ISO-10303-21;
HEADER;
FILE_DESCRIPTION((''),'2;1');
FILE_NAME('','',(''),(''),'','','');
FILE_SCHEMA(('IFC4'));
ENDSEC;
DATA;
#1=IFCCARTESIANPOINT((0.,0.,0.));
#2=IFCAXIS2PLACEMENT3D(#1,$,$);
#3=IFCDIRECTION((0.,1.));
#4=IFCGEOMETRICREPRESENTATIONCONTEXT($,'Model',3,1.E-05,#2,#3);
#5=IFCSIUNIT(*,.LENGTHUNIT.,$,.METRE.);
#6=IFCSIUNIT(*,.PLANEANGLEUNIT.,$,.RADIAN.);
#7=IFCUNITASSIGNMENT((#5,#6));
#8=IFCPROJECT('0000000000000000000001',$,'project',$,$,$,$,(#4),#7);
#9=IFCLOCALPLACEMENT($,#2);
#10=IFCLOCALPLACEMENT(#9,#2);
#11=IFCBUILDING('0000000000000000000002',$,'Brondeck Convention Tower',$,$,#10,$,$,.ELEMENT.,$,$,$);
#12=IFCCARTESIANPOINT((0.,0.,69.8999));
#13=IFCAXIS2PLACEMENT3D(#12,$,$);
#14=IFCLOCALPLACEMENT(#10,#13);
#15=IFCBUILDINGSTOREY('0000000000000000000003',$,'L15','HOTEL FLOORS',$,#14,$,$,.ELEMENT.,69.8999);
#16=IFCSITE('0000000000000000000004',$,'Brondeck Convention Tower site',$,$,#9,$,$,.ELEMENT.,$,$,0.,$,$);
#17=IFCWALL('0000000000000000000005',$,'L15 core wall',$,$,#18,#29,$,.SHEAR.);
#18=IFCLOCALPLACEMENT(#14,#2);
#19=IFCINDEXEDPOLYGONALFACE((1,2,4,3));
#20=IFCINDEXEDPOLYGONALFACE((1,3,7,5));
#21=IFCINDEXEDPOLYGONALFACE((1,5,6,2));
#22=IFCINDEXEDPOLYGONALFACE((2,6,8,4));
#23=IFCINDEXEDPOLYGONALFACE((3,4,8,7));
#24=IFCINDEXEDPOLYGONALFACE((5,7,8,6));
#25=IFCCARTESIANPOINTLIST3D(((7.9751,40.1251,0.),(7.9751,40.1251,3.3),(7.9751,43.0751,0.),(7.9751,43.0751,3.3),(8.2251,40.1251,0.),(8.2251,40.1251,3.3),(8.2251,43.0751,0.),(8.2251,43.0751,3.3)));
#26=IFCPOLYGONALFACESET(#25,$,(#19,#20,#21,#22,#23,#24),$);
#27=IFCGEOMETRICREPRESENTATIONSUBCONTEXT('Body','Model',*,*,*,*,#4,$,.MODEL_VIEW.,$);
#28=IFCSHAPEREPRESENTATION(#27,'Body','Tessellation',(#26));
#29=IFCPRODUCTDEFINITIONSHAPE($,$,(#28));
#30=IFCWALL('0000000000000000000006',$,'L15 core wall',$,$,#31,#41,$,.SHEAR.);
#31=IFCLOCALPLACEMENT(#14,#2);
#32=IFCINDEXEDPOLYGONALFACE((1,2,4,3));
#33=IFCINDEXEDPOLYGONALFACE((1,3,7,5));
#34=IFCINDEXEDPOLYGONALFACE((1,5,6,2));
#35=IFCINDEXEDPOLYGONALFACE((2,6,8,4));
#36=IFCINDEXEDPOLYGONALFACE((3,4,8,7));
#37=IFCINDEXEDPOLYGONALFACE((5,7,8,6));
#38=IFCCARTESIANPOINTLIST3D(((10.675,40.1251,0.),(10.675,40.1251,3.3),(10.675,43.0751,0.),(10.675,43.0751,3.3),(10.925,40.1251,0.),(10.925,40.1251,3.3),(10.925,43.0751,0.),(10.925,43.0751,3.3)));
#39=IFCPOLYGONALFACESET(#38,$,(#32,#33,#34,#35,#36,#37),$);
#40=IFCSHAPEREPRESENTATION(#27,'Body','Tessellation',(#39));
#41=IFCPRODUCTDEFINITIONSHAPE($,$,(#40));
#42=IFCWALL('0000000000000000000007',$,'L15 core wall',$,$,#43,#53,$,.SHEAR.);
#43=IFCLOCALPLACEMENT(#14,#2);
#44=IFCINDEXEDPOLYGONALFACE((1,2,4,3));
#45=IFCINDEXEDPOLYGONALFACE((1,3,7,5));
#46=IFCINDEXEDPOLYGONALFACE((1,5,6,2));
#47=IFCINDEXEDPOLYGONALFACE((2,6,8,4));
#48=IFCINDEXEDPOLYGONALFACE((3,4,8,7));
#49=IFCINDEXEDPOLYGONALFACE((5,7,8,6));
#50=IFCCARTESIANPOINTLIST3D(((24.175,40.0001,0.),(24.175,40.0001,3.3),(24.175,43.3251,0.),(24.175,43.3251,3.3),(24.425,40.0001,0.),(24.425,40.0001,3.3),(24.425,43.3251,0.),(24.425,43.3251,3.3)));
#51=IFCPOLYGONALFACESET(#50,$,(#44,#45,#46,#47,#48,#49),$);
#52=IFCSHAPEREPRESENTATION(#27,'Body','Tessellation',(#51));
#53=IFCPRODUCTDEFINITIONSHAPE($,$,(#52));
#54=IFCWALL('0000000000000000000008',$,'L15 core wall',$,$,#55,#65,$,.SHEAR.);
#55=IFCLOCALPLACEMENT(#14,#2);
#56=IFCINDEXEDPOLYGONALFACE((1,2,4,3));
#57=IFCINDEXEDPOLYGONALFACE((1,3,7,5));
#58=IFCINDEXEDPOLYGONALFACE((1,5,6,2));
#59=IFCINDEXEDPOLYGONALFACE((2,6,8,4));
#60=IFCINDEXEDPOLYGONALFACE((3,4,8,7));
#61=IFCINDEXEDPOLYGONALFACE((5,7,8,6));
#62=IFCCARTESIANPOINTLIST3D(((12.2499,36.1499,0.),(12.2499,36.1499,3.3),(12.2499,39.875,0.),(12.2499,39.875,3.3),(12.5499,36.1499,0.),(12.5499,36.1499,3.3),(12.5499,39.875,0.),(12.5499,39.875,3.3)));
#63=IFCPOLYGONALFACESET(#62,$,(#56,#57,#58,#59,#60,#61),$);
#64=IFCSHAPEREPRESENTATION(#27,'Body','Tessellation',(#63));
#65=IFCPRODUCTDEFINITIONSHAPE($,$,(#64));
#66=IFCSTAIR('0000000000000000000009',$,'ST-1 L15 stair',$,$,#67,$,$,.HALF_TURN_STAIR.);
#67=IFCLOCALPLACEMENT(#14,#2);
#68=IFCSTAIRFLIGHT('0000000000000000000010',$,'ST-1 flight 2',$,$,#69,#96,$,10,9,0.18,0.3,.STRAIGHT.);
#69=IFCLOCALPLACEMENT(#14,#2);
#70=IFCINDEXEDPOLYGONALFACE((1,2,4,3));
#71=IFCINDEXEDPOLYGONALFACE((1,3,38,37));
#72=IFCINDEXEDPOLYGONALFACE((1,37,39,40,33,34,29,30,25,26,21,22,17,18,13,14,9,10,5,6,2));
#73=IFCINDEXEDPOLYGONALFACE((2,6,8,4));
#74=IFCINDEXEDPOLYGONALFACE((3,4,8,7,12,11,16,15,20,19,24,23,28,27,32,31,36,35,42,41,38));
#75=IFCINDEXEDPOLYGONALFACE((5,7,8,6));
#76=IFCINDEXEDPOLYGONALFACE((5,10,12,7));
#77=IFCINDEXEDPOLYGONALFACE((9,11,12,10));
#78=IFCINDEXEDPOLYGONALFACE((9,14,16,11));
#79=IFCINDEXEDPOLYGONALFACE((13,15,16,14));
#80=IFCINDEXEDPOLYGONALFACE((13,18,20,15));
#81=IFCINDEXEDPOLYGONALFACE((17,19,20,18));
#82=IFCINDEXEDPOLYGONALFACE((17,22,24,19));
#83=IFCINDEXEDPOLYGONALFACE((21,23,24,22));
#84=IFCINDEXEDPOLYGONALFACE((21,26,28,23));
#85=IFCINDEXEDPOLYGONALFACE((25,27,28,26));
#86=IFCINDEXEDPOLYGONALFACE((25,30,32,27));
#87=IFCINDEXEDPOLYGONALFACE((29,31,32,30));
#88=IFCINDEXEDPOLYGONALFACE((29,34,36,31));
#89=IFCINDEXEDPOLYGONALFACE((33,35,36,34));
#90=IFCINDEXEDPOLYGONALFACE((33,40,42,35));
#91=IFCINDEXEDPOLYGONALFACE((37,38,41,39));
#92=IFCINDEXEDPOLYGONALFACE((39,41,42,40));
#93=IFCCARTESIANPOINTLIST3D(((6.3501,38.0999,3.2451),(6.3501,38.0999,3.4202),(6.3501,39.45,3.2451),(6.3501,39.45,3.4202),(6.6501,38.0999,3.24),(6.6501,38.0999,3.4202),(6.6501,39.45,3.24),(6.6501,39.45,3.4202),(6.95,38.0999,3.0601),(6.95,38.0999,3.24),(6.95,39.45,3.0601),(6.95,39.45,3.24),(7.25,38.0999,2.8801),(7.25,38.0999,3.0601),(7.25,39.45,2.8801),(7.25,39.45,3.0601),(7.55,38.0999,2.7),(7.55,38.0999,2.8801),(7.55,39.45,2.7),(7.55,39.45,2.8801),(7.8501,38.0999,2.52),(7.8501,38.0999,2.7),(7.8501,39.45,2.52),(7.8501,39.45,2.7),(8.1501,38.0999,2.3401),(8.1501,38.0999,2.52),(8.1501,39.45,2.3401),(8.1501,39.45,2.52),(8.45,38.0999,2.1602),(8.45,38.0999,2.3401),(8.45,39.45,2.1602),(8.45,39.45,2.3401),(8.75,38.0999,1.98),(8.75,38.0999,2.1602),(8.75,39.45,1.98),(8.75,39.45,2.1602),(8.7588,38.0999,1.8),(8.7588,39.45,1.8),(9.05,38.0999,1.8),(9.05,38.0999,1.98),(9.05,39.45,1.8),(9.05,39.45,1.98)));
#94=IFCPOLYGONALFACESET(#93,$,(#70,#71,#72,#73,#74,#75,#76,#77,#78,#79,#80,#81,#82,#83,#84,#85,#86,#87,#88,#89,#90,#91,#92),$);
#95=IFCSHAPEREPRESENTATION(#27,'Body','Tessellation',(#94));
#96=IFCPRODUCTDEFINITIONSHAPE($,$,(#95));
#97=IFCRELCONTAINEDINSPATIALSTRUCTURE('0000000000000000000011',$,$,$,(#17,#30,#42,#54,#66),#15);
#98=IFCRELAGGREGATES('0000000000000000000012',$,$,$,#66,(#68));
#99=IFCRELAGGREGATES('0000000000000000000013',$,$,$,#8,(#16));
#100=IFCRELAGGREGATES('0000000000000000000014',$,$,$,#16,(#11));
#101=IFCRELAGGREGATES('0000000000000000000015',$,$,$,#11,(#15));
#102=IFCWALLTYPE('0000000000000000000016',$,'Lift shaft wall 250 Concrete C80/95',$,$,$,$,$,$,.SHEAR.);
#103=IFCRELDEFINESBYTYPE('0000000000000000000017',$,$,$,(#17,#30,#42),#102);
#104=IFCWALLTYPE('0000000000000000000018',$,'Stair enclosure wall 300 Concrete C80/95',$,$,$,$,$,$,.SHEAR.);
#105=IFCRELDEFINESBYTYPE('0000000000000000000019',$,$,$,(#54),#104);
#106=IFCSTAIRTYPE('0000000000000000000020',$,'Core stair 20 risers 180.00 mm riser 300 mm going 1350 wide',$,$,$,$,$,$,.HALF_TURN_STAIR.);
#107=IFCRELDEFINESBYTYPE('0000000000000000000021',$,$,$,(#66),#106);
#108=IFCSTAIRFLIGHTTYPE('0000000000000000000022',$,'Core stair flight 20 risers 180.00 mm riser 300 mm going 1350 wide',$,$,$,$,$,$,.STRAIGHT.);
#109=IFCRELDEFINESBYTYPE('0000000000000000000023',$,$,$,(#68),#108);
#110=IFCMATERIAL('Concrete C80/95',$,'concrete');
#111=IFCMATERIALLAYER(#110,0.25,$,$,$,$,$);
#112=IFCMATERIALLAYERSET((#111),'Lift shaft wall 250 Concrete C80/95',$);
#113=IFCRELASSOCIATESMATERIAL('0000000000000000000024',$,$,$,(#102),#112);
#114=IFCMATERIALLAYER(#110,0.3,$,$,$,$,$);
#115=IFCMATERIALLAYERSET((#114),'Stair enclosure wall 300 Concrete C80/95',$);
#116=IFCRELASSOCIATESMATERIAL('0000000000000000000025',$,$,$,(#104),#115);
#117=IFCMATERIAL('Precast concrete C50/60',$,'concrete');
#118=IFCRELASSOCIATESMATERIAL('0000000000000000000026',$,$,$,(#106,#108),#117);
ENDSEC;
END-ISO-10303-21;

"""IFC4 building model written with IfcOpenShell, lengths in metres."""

from ifc_helpers import new_model, si_unit, direction, frame, frame_2d, origin, place, context, subcontext, project, spatial, polyline, rectangle, outline, extrude, material, layer, layer_set, type_object, element, aggregate, save


model = new_model("IFC4")

# Units and contexts
model_context = context("Model", 3, precision=1e-05, world=origin(), true_north=direction((0.0, 1.0)))
body_context = subcontext(model_context, "Body", "Model", "MODEL_VIEW")
ifc_project = project(units=[si_unit("LENGTHUNIT", "METRE"), si_unit("PLANEANGLEUNIT", "RADIAN")], contexts=[model_context])

# Site, building, storey
site_placement = place(None, origin())
site = spatial("IfcSite", under=ifc_project, at=site_placement, Name="Brondeck Convention Tower site", CompositionType="ELEMENT", RefElevation=0.0)
building_placement = place(site_placement, origin())
building = spatial("IfcBuilding", under=site, at=building_placement, Name="Brondeck Convention Tower", CompositionType="ELEMENT")
storey_placement = place(building_placement, frame((0.0, 0.0, 69.8999)))
storey = spatial("IfcBuildingStorey", under=building, at=storey_placement, Name="L15", Description="HOTEL FLOORS", CompositionType="ELEMENT", Elevation=69.8999)

# Shared definitions
ifc_material_1 = material(Name="Concrete C80/95", Category="concrete")

# Walls
ifc_layer_1 = layer(ifc_material_1, 0.25)
ifc_layer_set_1 = layer_set([ifc_layer_1], Name="Lift shaft wall 250 Concrete C80/95")
wall_type_1 = type_object("IfcWallType", Name="Lift shaft wall 250 Concrete C80/95", PredefinedType="SHEAR", material=ifc_layer_set_1)
for number, where, z_axis, x_axis, name in (
    (1, (8.1001, 40.125, 0.0), (0.0, 0.0, 1.0), (0.0, 1.0, 0.0), "L15 core wall"),
    (2, (10.8, 40.125, 0.0), (0.0, 0.0, 1.0), (0.0, 1.0, 0.0), "L15 core wall"),
):
    element("IfcWall", number, at=place(storey_placement, frame(where, z_axis=z_axis, x_axis=x_axis)), inside=storey, type_object=wall_type_1, Name=name, PredefinedType="SHEAR", context=body_context, shape_type="SweptSolid", body=[
        extrude(rectangle(XDim=2.95, YDim=0.25, at=frame_2d((1.4751, 0.0))), origin(), (0.0, 0.0, 1.0), 3.3),
    ])
wall_1_placement = place(storey_placement, frame((24.3, 40.0, 0.0), z_axis=(0.0, 0.0, 1.0), x_axis=(0.0, 1.0, 0.0)))
element("IfcWall", 3, at=wall_1_placement, inside=storey, type_object=wall_type_1, Name="L15 core wall", PredefinedType="SHEAR", context=body_context, shape_type="SweptSolid", body=[
    extrude(rectangle(XDim=3.325, YDim=0.25, at=frame_2d((1.6626, 0.0))), origin(), (0.0, 0.0, 1.0), 3.3),
])
ifc_layer_2 = layer(ifc_material_1, 0.3)
ifc_layer_set_2 = layer_set([ifc_layer_2], Name="Stair enclosure wall 300 Concrete C80/95")
wall_type_2 = type_object("IfcWallType", Name="Stair enclosure wall 300 Concrete C80/95", PredefinedType="SHEAR", material=ifc_layer_set_2)
wall_2_placement = place(storey_placement, frame((12.3999, 36.1499, 0.0), z_axis=(0.0, 0.0, 1.0), x_axis=(0.0, 1.0, 0.0)))
element("IfcWall", 4, at=wall_2_placement, inside=storey, type_object=wall_type_2, Name="L15 core wall", PredefinedType="SHEAR", context=body_context, shape_type="SweptSolid", body=[
    extrude(rectangle(XDim=3.7251, YDim=0.3, at=frame_2d((1.8625, 0.0))), origin(), (0.0, 0.0, 1.0), 3.3),
])

# Stair, stair flight
ifc_material_2 = material(Name="Precast concrete C50/60", Category="concrete")
stair_type = type_object("IfcStairType", Name="Core stair 20 risers 180.00 mm riser 300 mm going 1350 wide", PredefinedType="HALF_TURN_STAIR", material=ifc_material_2)
stair_placement = place(storey_placement, origin())
stair = element("IfcStair", 5, at=stair_placement, inside=storey, type_object=stair_type, Name="ST-1 L15 stair", PredefinedType="HALF_TURN_STAIR")
stair_flight_type = type_object("IfcStairFlightType", Name="Core stair flight 20 risers 180.00 mm riser 300 mm going 1350 wide", PredefinedType="STRAIGHT", material=ifc_material_2)
stair_flight_placement = place(storey_placement, frame((9.05, 38.7749, 1.8), z_axis=(0.0, 0.0, 1.0), x_axis=(-1.0, 0.0, 0.0)))
stair_flight = element("IfcStairFlight", 6, at=stair_flight_placement, type_object=stair_flight_type, Name="ST-1 flight 2", NumberOfRisers=10, NumberOfTreads=9, PredefinedType="STRAIGHT", RiserHeight=0.18, TreadLength=0.3, context=body_context, shape_type="SweptSolid", body=[
    extrude(outline(polyline([(0.0, 0.0), (0.0, 0.1799), (0.3, 0.1799), (0.3, 0.3601), (0.6001, 0.3601), (0.6001, 0.54), (0.8999, 0.54), (0.8999, 0.72), (1.2, 0.72), (1.2, 0.8999), (1.5, 0.8999), (1.5, 1.0801), (1.8, 1.0801), (1.8, 1.26), (2.1001, 1.26), (2.1001, 1.4399), (2.3999, 1.4399), (2.3999, 1.6201), (2.7, 1.6201), (2.7, 1.8), (2.7, 1.4451), (0.2913, 0.0), (0.0, 0.0)])), frame((0.0, 0.675, 0.0), z_axis=(0.0, -1.0, 0.0), x_axis=(1.0, 0.0, 0.0)), (0.0, 0.0, 1.0), 1.3501),
])
aggregate(stair, [stair_flight])

save(model, "model.ifc")
